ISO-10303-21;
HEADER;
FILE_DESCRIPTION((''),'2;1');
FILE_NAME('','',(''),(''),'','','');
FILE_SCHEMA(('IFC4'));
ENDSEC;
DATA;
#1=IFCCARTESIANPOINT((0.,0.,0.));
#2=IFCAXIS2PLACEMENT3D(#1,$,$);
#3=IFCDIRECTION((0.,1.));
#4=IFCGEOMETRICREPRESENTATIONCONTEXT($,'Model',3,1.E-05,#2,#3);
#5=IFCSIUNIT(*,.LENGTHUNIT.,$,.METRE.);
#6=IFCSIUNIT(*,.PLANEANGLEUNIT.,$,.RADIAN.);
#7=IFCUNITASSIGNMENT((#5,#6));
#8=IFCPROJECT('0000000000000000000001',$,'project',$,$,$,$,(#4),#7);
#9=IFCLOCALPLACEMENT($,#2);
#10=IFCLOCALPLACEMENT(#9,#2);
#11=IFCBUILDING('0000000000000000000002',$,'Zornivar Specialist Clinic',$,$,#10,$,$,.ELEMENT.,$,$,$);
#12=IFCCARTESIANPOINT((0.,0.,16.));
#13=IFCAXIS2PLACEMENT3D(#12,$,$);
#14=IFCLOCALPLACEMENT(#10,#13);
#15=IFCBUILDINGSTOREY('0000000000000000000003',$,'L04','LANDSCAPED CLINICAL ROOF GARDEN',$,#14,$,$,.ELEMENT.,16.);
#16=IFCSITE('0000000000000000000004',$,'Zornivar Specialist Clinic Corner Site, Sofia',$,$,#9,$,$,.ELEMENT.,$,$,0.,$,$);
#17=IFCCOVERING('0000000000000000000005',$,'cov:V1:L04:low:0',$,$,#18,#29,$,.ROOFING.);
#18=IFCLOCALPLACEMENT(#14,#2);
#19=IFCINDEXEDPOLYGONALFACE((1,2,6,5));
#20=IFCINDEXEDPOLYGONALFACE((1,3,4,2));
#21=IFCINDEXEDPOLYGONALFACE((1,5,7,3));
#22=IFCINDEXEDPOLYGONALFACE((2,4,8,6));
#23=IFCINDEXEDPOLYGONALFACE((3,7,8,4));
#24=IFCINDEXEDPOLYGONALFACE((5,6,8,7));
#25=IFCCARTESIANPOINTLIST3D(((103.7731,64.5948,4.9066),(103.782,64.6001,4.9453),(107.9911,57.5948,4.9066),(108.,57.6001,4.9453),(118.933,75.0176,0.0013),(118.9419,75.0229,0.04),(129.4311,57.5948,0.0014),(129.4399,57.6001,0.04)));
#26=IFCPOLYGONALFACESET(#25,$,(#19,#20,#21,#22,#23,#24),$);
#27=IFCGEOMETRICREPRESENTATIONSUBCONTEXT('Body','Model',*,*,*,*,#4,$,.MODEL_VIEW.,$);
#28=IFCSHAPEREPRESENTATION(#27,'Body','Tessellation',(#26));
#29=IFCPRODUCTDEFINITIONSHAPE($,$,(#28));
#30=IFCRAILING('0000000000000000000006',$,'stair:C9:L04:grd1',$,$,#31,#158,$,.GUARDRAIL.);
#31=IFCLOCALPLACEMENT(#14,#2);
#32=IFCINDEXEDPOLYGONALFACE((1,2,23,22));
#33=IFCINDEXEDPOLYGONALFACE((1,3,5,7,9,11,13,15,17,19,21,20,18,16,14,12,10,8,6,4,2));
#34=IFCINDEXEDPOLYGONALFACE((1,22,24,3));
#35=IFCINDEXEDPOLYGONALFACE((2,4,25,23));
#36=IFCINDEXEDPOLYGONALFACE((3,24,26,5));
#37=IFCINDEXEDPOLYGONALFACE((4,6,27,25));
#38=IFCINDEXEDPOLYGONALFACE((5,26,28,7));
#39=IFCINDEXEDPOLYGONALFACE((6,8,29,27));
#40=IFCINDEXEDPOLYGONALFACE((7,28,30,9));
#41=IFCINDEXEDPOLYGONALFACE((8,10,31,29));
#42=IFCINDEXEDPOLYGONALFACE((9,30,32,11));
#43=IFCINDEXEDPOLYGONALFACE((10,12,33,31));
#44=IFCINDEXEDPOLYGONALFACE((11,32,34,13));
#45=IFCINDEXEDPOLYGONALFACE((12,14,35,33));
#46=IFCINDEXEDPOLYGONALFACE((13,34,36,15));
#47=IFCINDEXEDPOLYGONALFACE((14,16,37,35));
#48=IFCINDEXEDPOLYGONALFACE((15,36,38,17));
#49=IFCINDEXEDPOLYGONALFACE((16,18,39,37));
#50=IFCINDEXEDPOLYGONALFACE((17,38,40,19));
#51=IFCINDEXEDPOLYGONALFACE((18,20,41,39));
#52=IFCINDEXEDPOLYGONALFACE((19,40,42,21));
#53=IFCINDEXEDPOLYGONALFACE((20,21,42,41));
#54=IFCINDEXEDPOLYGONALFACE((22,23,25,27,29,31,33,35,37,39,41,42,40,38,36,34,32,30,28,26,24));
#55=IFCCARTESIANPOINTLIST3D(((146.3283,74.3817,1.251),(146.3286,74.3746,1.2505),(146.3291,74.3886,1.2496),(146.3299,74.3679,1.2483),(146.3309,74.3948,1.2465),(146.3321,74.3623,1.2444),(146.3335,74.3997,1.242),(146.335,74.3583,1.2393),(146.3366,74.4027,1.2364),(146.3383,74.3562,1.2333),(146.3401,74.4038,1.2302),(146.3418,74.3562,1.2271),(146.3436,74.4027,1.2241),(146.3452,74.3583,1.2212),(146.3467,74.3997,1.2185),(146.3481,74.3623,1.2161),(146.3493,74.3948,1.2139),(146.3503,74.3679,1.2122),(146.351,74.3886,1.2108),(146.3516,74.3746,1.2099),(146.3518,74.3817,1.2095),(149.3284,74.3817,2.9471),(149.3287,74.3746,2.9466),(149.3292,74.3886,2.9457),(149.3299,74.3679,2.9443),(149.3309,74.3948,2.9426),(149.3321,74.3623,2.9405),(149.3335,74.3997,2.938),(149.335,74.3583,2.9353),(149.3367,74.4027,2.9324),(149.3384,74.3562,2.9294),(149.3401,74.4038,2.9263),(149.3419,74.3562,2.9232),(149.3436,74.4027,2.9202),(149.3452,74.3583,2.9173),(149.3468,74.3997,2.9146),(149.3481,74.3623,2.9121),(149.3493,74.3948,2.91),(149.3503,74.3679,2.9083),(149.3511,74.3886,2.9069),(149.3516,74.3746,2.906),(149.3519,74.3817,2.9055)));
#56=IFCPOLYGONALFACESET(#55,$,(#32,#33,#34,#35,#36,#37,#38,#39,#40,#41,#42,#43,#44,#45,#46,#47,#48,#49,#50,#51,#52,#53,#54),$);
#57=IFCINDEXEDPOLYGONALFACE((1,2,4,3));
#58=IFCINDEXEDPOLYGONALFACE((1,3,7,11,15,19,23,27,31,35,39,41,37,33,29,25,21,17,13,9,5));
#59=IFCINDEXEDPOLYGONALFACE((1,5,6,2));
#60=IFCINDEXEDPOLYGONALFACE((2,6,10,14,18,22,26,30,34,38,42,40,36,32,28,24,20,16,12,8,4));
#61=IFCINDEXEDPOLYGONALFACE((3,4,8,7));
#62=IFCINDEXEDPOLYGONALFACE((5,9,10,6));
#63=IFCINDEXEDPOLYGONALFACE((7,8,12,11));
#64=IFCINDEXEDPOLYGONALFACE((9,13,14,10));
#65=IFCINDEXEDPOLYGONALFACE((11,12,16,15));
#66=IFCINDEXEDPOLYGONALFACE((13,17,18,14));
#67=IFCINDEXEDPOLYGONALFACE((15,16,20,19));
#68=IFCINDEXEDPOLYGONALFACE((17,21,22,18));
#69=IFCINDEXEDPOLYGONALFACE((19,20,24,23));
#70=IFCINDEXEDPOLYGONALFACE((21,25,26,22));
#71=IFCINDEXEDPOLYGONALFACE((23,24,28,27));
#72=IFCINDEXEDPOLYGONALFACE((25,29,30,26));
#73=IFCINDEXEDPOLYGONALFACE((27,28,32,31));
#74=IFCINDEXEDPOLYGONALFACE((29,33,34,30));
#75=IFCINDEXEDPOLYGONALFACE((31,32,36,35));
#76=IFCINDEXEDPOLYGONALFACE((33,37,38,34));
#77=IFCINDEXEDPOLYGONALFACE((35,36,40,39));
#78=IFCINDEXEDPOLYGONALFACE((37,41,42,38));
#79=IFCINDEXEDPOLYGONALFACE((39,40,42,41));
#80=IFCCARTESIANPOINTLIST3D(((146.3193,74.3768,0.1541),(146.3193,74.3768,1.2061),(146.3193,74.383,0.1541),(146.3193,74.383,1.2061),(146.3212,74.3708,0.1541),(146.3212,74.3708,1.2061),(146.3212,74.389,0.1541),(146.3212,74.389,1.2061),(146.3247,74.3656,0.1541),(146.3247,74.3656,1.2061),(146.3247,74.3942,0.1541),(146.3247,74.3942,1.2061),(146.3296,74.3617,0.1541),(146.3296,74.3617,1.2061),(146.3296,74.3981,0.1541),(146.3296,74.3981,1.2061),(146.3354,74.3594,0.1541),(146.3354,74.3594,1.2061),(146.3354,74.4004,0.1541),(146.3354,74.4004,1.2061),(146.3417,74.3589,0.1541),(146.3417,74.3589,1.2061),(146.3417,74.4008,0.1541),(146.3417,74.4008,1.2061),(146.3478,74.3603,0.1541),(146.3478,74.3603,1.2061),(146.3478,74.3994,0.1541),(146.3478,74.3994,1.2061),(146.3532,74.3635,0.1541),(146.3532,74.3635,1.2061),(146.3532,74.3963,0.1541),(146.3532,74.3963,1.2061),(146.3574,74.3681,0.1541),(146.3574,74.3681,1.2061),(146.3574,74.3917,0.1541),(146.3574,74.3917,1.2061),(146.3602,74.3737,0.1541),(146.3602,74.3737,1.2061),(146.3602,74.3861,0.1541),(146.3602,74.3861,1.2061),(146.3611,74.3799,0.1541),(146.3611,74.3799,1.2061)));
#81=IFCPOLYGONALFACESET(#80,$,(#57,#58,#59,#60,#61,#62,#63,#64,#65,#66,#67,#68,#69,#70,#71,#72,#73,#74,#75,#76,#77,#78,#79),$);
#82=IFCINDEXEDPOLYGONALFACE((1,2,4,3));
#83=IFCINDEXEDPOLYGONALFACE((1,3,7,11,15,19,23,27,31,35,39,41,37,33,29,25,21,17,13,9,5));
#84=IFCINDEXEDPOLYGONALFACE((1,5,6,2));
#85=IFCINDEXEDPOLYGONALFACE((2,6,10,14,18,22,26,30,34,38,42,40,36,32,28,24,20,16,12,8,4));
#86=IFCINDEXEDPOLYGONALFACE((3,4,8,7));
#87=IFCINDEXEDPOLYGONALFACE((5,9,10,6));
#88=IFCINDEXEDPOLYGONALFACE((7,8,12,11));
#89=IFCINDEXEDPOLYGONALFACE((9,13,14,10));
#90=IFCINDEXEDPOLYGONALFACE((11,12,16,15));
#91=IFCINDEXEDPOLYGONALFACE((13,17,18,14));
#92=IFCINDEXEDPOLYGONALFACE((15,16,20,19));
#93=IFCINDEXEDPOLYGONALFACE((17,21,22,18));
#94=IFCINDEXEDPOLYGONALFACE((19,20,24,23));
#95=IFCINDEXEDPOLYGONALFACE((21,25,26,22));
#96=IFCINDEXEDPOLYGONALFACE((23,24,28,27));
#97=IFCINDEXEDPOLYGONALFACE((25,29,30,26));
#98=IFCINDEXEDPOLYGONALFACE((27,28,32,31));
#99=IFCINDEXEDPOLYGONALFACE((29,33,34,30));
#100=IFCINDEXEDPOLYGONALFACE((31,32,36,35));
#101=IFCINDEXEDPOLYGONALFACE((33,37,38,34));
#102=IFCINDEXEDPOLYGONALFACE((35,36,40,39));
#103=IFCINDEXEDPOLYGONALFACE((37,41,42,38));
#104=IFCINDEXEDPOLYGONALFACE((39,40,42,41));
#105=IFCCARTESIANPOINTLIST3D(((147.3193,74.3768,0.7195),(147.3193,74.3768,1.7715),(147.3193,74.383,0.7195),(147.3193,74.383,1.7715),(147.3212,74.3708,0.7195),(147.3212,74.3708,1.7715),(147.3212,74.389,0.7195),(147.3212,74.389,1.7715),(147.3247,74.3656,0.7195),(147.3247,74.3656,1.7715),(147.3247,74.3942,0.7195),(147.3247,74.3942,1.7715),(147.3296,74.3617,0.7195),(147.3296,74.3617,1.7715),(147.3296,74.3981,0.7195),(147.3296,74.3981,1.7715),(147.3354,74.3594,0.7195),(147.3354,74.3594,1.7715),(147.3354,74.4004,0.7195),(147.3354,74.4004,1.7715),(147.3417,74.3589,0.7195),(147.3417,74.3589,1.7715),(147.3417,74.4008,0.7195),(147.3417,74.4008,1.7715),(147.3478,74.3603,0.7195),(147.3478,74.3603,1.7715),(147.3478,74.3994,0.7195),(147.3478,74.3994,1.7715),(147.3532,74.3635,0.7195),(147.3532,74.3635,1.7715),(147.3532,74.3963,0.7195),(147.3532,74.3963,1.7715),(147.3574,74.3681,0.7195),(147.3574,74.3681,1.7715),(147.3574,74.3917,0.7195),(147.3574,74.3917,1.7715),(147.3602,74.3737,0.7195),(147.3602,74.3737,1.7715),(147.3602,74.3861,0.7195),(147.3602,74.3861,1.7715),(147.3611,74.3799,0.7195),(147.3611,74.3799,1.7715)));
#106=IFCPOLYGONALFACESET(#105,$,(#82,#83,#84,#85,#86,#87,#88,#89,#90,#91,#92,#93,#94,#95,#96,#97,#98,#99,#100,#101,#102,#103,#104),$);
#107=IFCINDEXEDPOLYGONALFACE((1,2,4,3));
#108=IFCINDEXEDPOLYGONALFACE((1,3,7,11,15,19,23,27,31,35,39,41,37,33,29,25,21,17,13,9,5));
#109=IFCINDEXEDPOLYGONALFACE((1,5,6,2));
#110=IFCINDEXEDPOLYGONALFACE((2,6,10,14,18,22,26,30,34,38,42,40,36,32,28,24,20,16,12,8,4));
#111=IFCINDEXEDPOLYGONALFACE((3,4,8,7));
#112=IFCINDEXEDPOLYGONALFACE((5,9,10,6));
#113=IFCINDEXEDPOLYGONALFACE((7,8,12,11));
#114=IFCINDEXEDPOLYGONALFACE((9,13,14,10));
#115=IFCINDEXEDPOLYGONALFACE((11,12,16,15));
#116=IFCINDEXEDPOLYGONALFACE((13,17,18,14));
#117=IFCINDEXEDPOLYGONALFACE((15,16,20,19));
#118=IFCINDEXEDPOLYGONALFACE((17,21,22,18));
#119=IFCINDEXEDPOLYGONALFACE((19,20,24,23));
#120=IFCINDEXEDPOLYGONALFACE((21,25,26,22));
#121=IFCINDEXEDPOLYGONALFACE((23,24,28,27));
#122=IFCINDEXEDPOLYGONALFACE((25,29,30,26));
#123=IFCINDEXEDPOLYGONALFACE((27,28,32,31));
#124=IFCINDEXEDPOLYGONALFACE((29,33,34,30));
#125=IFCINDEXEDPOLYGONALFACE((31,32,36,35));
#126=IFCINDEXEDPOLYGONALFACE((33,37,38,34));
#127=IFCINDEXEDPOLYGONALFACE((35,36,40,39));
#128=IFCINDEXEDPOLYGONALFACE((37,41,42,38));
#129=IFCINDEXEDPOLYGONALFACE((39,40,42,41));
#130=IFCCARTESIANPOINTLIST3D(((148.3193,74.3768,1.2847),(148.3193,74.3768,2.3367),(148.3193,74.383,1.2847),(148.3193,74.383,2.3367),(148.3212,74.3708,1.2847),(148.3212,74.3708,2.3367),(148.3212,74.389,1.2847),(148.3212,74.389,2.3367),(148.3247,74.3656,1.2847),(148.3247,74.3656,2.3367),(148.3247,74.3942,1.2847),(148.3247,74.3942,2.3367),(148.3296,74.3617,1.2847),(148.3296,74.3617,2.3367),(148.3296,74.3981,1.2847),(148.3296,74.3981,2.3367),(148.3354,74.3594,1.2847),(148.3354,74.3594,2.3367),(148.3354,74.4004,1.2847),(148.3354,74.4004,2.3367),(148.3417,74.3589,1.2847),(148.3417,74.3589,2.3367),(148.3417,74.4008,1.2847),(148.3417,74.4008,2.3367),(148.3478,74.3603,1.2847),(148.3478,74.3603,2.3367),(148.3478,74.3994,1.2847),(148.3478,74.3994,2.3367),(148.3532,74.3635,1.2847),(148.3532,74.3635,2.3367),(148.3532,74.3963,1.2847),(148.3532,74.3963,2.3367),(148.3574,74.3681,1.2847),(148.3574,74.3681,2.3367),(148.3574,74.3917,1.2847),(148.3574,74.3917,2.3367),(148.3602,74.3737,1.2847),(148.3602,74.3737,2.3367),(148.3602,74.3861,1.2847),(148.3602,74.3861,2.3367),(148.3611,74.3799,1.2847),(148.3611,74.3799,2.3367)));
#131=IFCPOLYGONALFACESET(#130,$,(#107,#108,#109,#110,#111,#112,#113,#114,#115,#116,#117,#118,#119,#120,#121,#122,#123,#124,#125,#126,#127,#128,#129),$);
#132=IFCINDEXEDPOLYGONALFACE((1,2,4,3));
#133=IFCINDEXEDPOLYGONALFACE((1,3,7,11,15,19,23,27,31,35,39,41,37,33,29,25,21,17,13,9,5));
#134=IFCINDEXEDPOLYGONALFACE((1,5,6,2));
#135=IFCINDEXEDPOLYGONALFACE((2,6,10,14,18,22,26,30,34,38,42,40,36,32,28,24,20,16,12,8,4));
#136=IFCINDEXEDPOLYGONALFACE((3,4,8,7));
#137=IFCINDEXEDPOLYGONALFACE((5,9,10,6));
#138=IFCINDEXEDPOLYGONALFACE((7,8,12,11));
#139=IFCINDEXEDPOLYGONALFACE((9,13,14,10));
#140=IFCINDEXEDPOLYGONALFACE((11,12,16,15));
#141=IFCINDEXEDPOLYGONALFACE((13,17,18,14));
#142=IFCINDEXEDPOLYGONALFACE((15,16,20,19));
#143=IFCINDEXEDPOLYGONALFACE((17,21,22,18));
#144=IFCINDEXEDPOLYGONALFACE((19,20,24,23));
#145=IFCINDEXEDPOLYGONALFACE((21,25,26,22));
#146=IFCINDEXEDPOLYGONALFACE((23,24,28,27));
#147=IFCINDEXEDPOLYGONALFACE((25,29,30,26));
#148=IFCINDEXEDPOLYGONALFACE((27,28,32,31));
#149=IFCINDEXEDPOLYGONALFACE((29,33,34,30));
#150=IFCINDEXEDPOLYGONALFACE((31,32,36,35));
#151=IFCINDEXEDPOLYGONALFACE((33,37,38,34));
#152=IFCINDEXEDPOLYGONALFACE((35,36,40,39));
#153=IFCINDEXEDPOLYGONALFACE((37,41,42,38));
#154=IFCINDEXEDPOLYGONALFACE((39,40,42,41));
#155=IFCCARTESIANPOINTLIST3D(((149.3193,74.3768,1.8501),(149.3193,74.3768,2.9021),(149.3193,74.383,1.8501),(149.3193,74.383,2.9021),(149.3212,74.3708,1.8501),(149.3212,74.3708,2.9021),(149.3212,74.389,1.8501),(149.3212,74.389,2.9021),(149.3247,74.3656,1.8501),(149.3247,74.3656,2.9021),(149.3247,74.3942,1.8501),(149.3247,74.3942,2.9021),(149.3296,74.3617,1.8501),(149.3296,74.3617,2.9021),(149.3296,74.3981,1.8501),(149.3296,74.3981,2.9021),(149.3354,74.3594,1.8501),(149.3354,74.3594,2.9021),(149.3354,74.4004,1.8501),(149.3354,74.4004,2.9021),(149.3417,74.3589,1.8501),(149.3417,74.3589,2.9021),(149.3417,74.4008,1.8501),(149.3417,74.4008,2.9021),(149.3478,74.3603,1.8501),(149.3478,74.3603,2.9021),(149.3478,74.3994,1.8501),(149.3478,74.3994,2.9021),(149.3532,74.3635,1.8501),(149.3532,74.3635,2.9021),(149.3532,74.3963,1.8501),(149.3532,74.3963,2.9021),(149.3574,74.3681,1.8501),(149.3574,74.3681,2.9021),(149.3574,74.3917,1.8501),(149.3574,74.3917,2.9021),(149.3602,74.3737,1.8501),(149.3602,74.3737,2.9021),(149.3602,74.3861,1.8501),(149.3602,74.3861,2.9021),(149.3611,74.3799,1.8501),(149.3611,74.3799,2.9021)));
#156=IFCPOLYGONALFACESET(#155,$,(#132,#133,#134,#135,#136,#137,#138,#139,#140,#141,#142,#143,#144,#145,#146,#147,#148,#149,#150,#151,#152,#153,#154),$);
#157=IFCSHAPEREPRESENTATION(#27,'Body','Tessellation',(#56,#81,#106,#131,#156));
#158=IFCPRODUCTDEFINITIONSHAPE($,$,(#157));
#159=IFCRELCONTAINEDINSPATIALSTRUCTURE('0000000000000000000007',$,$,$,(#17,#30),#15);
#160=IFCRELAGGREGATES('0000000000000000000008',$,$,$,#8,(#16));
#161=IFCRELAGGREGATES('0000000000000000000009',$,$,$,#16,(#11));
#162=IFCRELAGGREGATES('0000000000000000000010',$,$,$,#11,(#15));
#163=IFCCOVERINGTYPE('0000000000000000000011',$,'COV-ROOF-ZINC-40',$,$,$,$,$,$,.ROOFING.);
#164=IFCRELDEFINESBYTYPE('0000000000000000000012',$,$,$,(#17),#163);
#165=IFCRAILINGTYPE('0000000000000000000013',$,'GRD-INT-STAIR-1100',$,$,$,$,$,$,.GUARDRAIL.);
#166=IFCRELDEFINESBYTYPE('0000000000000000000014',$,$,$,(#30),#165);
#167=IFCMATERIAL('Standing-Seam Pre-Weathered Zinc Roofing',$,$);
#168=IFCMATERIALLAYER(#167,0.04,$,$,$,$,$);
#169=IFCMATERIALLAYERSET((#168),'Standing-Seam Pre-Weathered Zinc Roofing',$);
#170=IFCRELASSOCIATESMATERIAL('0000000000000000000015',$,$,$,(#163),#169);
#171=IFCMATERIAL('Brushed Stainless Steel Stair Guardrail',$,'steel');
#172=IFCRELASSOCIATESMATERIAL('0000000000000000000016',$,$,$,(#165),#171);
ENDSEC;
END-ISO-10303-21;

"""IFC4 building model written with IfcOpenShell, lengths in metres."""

from ifc_helpers import new_model, si_unit, direction, frame, origin, origin_2d, place, context, subcontext, project, spatial, polyline, circle, outline, extrude, material, layer, layer_set, type_object, element, save


model = new_model("IFC4")

# Units and contexts
model_context = context("Model", 3, precision=1e-05, world=origin(), true_north=direction((0.0, 1.0)))
body_context = subcontext(model_context, "Body", "Model", "MODEL_VIEW")
ifc_project = project(units=[si_unit("LENGTHUNIT", "METRE"), si_unit("PLANEANGLEUNIT", "RADIAN")], contexts=[model_context])

# Site, building, storey
site_placement = place(None, origin())
site = spatial("IfcSite", under=ifc_project, at=site_placement, Name="Zornivar Specialist Clinic Corner Site, Sofia", CompositionType="ELEMENT", RefElevation=0.0)
building_placement = place(site_placement, origin())
building = spatial("IfcBuilding", under=site, at=building_placement, Name="Zornivar Specialist Clinic", CompositionType="ELEMENT")
storey_placement = place(building_placement, frame((0.0, 0.0, 16.0)))
storey = spatial("IfcBuildingStorey", under=building, at=storey_placement, Name="L04", Description="LANDSCAPED CLINICAL ROOF GARDEN", CompositionType="ELEMENT", Elevation=16.0)

# Covering
ifc_material_1 = material(Name="Standing-Seam Pre-Weathered Zinc Roofing")
ifc_layer_1 = layer(ifc_material_1, 0.04)
ifc_layer_set_1 = layer_set([ifc_layer_1], Name="Standing-Seam Pre-Weathered Zinc Roofing")
covering_type = type_object("IfcCoveringType", Name="COV-ROOF-ZINC-40", PredefinedType="ROOFING", material=ifc_layer_set_1)
covering_placement = place(storey_placement, frame((129.4399, 57.6001, 0.04), z_axis=(0.22104, 0.133188, 0.966127), x_axis=(-0.516098, 0.85653, -0.000002)))
element("IfcCovering", 1, at=covering_placement, inside=storey, type_object=covering_type, Name="cov:V1:L04:low:0", PredefinedType="ROOFING", context=body_context, shape_type="SweptSolid", body=[
    extrude(outline(polyline([(0.0, 0.0), (20.3412, 0.0), (19.2377, 19.008), (11.0651, 19.0078), (0.0, 0.0)])), origin(), (0.0, 0.0, -1.0), 0.04),
])

# Railing
ifc_material_2 = material(Name="Brushed Stainless Steel Stair Guardrail", Category="steel")
railing_type_1 = type_object("IfcRailingType", Name="GRD-INT-STAIR-1100", PredefinedType="GUARDRAIL", material=ifc_material_2)
railing_1_placement = place(storey_placement, frame((146.3401, 74.3799, 0.1541)))
element("IfcRailing", 2, at=railing_1_placement, inside=storey, type_object=railing_type_1, Name="stair:C9:L04:grd1", PredefinedType="GUARDRAIL", context=body_context, shape_type="SweptSolid", body=[
    extrude(circle(Radius=0.0239, at=origin_2d()), frame((0.0, 0.0, 1.0762), z_axis=(0.870514, 0.0, 0.492144), x_axis=(0.0, 1.0, 0.0)), (0.0, 0.0, 1.0), 3.4463),
    extrude(circle(Radius=0.021, at=origin_2d()), origin(), (0.0, 0.0, 1.0), 1.052),
    extrude(circle(Radius=0.021, at=origin_2d()), frame((1.0, 0.0, 0.5654)), (0.0, 0.0, 1.0), 1.052),
    extrude(circle(Radius=0.021, at=origin_2d()), frame((2.0, 0.0, 1.1306)), (0.0, 0.0, 1.0), 1.052),
    extrude(circle(Radius=0.021, at=origin_2d()), frame((3.0, 0.0, 1.696)), (0.0, 0.0, 1.0), 1.052),
])

save(model, "model.ifc")
